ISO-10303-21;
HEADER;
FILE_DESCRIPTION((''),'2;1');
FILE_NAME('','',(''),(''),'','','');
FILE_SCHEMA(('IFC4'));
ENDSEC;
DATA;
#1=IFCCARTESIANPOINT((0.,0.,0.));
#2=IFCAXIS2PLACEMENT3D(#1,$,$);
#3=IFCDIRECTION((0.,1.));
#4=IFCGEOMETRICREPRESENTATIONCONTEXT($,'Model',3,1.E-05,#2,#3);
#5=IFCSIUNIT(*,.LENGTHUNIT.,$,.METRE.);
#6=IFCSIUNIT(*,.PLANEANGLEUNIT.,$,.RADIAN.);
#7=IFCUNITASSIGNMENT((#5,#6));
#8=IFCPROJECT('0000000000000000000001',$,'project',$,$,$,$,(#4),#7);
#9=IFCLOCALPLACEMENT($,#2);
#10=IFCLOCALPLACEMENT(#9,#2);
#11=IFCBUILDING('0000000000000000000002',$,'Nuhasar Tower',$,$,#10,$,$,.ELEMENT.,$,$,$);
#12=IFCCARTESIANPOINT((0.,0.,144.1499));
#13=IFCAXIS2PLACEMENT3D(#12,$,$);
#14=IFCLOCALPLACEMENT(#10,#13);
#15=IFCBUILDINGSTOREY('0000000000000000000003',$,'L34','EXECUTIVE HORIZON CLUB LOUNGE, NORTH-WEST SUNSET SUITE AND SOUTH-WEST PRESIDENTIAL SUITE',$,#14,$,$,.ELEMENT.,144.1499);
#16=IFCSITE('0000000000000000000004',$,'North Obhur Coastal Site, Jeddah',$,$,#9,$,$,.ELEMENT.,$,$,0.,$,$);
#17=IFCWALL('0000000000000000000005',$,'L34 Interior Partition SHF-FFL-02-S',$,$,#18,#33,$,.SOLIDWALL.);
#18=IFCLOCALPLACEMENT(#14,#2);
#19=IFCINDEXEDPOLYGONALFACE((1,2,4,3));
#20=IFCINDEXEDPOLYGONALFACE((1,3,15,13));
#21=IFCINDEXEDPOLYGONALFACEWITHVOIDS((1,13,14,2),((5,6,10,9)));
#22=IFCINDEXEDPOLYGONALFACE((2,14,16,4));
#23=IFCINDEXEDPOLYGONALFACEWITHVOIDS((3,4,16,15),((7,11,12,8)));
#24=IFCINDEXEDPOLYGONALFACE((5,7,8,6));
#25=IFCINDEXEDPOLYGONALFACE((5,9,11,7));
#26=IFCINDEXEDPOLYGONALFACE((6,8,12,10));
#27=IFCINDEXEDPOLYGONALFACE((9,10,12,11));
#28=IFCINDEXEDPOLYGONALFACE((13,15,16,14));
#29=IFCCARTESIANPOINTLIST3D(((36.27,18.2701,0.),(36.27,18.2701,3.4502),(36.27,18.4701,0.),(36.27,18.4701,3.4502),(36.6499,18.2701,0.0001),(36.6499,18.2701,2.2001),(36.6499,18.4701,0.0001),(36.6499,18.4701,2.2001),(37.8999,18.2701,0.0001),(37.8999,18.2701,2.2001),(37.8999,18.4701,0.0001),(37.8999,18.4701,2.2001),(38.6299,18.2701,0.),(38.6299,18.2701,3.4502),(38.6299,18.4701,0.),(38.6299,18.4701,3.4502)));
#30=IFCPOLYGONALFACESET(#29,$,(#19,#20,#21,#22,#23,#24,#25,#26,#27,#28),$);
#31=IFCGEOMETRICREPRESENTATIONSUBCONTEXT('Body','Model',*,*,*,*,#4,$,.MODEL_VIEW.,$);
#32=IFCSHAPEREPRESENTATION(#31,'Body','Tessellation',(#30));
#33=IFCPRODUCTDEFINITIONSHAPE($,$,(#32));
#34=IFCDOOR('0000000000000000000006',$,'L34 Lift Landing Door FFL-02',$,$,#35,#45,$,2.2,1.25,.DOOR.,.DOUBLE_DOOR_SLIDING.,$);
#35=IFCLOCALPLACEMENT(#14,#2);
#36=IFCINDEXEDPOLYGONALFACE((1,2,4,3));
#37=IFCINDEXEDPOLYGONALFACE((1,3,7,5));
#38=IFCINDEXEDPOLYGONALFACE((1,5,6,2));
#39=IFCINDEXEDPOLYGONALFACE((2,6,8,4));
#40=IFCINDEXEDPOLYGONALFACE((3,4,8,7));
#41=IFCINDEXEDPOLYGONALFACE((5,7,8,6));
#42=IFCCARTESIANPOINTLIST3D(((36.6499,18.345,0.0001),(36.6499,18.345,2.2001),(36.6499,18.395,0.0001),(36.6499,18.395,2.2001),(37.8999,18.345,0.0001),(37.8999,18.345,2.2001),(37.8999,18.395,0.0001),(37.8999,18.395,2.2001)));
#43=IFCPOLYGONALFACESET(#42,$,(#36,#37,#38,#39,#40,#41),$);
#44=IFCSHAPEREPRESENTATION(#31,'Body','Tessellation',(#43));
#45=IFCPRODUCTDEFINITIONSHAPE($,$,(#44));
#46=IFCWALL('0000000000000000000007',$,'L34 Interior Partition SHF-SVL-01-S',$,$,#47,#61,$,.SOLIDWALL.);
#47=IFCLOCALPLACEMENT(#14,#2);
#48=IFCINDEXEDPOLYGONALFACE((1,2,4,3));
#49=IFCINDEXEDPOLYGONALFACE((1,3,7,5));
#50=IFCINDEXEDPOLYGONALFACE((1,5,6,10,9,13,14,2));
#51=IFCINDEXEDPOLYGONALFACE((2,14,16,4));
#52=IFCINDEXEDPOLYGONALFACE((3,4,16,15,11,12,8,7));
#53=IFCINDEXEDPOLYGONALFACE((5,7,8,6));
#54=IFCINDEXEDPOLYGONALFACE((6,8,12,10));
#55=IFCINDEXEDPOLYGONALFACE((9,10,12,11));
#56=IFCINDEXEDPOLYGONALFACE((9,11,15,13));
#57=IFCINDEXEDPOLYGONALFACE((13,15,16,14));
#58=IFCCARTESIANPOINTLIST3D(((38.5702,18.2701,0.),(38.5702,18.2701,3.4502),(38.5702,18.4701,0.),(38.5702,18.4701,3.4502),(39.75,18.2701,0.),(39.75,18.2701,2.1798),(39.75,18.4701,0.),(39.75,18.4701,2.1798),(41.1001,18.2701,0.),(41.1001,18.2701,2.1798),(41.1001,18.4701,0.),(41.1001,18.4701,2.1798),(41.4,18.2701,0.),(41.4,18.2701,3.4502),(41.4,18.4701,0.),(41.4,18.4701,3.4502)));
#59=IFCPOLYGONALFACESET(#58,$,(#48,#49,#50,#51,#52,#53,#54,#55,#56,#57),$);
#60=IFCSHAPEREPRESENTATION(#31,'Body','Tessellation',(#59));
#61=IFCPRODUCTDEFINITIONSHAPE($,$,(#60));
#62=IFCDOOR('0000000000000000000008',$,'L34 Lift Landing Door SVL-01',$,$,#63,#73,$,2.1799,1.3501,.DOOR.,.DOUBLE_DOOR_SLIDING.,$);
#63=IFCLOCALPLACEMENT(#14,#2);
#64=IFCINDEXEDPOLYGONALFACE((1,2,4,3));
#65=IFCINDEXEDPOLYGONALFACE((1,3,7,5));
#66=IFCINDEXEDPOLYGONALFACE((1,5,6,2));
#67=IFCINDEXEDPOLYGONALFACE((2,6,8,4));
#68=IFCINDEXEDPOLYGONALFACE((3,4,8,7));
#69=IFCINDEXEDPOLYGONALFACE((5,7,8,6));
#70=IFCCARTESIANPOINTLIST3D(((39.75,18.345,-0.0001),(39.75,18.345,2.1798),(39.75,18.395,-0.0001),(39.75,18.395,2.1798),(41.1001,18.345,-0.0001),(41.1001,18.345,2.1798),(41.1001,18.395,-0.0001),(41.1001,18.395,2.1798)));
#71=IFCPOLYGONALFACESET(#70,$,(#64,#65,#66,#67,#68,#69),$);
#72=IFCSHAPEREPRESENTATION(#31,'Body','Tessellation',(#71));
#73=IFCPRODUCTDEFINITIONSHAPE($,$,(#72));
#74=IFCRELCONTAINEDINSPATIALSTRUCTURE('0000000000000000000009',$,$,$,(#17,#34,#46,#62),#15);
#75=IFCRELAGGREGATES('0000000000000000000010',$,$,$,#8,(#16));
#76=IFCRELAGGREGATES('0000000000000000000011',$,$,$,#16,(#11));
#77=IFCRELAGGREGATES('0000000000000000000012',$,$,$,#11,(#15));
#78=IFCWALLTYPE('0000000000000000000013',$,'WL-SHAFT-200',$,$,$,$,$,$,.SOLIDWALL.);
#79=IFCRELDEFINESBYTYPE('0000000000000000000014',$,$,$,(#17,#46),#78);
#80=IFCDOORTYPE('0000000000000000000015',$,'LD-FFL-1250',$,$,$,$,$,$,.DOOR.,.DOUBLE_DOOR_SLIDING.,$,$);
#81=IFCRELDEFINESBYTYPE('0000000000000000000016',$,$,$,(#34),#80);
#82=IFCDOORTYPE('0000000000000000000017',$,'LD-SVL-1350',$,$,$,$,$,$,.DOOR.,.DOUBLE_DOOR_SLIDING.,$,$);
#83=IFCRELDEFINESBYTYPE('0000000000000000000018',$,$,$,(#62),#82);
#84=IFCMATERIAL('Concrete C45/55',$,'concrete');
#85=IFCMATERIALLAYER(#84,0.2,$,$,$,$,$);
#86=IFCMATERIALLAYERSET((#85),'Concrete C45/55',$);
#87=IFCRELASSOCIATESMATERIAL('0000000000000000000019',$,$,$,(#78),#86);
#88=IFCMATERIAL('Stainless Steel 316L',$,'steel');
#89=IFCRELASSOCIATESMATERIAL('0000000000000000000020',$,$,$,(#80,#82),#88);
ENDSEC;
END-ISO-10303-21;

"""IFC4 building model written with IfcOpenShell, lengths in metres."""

from ifc_helpers import new_model, si_unit, direction, frame, frame_2d, origin, place, context, subcontext, project, spatial, rectangle, extrude, material, layer, layer_set, type_object, element, fill, save


model = new_model("IFC4")

# Units and contexts
model_context = context("Model", 3, precision=1e-05, world=origin(), true_north=direction((0.0, 1.0)))
body_context = subcontext(model_context, "Body", "Model", "MODEL_VIEW")
ifc_project = project(units=[si_unit("LENGTHUNIT", "METRE"), si_unit("PLANEANGLEUNIT", "RADIAN")], contexts=[model_context])

# Site, building, storey
site_placement = place(None, origin())
site = spatial("IfcSite", under=ifc_project, at=site_placement, Name="North Obhur Coastal Site, Jeddah", CompositionType="ELEMENT", RefElevation=0.0)
building_placement = place(site_placement, origin())
building = spatial("IfcBuilding", under=site, at=building_placement, Name="Nuhasar Tower", CompositionType="ELEMENT")
storey_placement = place(building_placement, frame((0.0, 0.0, 144.1499)))
storey = spatial("IfcBuildingStorey", under=building, at=storey_placement, Name="L34", Description="EXECUTIVE HORIZON CLUB LOUNGE, NORTH-WEST SUNSET SUITE AND SOUTH-WEST PRESIDENTIAL SUITE", CompositionType="ELEMENT", Elevation=144.1499)

# Shared definitions
ifc_material_1 = material(Name="Concrete C45/55", Category="concrete")
ifc_layer_1 = layer(ifc_material_1, 0.2)
ifc_layer_set_1 = layer_set([ifc_layer_1], Name="Concrete C45/55")
wall_type_1 = type_object("IfcWallType", Name="WL-SHAFT-200", PredefinedType="SOLIDWALL", material=ifc_layer_set_1)

# Shared definitions
ifc_material_2 = material(Name="Stainless Steel 316L", Category="steel")
door_type_1 = type_object("IfcDoorType", Name="LD-FFL-1250", OperationType="DOUBLE_DOOR_SLIDING", PredefinedType="DOOR", material=ifc_material_2)

# Walls, openings, doors
wall_1_placement = place(storey_placement, frame((36.27, 18.3701, 0.0), z_axis=(0.0, 0.0, 1.0), x_axis=(1.0, 0.0, 0.0)))
wall_1 = element("IfcWall", 1, at=wall_1_placement, inside=storey, type_object=wall_type_1, Name="L34 Interior Partition SHF-FFL-02-S", PredefinedType="SOLIDWALL", context=body_context, shape_type="SweptSolid", body=[
    extrude(rectangle(XDim=2.3599, YDim=0.2, at=frame_2d((1.1799, 0.0))), origin(), (0.0, 0.0, 1.0), 3.4502),
])
opening_1_placement = place(wall_1_placement, frame((0.3799, 0.0, 0.0)))
opening_1 = element("IfcOpeningElement", 2, at=opening_1_placement, cuts=wall_1, PredefinedType="OPENING", context=body_context, shape_type="SweptSolid", body=[
    extrude(rectangle(XDim=1.25, YDim=2.2, at=frame_2d((0.625, 1.1001))), frame((0.0, 0.1099, 0.0), z_axis=(0.0, -1.0, 0.0), x_axis=(1.0, 0.0, 0.0)), (0.0, 0.0, 1.0), 0.22),
])
door_1_placement = place(opening_1_placement, origin())
door_1 = element("IfcDoor", 3, at=door_1_placement, inside=storey, type_object=door_type_1, Name="L34 Lift Landing Door FFL-02", OperationType="DOUBLE_DOOR_SLIDING", OverallHeight=2.2, OverallWidth=1.25, PredefinedType="DOOR", context=body_context, shape_type="SweptSolid", body=[
    extrude(rectangle(XDim=1.25, YDim=2.2, at=frame_2d((0.625, 1.1001))), frame((0.0, 0.0249, 0.0), z_axis=(0.0, -1.0, 0.0), x_axis=(1.0, 0.0, 0.0)), (0.0, 0.0, 1.0), 0.05),
])
fill(opening_1, door_1)
wall_2_placement = place(storey_placement, frame((38.5701, 18.3701, 0.0), z_axis=(0.0, 0.0, 1.0), x_axis=(1.0, 0.0, 0.0)))
wall_2 = element("IfcWall", 4, at=wall_2_placement, inside=storey, type_object=wall_type_1, Name="L34 Interior Partition SHF-SVL-01-S", PredefinedType="SOLIDWALL", context=body_context, shape_type="SweptSolid", body=[
    extrude(rectangle(XDim=2.8298, YDim=0.2, at=frame_2d((1.415, 0.0))), origin(), (0.0, 0.0, 1.0), 3.4502),
])
opening_2_placement = place(wall_2_placement, frame((1.1799, 0.0, 0.0)))
opening_2 = element("IfcOpeningElement", 5, at=opening_2_placement, cuts=wall_2, PredefinedType="OPENING", context=body_context, shape_type="SweptSolid", body=[
    extrude(rectangle(XDim=1.3501, YDim=2.1799, at=frame_2d((0.675, 1.0898))), frame((0.0, 0.1099, 0.0), z_axis=(0.0, -1.0, 0.0), x_axis=(1.0, 0.0, 0.0)), (0.0, 0.0, 1.0), 0.22),
])
door_type_2 = type_object("IfcDoorType", Name="LD-SVL-1350", OperationType="DOUBLE_DOOR_SLIDING", PredefinedType="DOOR", material=ifc_material_2)
door_2_placement = place(opening_2_placement, origin())
door_2 = element("IfcDoor", 6, at=door_2_placement, inside=storey, type_object=door_type_2, Name="L34 Lift Landing Door SVL-01", OperationType="DOUBLE_DOOR_SLIDING", OverallHeight=2.1799, OverallWidth=1.3501, PredefinedType="DOOR", context=body_context, shape_type="SweptSolid", body=[
    extrude(rectangle(XDim=1.3501, YDim=2.1799, at=frame_2d((0.675, 1.0898))), frame((0.0, 0.0249, 0.0), z_axis=(0.0, -1.0, 0.0), x_axis=(1.0, 0.0, 0.0)), (0.0, 0.0, 1.0), 0.05),
])
fill(opening_2, door_2)

save(model, "model.ifc")
